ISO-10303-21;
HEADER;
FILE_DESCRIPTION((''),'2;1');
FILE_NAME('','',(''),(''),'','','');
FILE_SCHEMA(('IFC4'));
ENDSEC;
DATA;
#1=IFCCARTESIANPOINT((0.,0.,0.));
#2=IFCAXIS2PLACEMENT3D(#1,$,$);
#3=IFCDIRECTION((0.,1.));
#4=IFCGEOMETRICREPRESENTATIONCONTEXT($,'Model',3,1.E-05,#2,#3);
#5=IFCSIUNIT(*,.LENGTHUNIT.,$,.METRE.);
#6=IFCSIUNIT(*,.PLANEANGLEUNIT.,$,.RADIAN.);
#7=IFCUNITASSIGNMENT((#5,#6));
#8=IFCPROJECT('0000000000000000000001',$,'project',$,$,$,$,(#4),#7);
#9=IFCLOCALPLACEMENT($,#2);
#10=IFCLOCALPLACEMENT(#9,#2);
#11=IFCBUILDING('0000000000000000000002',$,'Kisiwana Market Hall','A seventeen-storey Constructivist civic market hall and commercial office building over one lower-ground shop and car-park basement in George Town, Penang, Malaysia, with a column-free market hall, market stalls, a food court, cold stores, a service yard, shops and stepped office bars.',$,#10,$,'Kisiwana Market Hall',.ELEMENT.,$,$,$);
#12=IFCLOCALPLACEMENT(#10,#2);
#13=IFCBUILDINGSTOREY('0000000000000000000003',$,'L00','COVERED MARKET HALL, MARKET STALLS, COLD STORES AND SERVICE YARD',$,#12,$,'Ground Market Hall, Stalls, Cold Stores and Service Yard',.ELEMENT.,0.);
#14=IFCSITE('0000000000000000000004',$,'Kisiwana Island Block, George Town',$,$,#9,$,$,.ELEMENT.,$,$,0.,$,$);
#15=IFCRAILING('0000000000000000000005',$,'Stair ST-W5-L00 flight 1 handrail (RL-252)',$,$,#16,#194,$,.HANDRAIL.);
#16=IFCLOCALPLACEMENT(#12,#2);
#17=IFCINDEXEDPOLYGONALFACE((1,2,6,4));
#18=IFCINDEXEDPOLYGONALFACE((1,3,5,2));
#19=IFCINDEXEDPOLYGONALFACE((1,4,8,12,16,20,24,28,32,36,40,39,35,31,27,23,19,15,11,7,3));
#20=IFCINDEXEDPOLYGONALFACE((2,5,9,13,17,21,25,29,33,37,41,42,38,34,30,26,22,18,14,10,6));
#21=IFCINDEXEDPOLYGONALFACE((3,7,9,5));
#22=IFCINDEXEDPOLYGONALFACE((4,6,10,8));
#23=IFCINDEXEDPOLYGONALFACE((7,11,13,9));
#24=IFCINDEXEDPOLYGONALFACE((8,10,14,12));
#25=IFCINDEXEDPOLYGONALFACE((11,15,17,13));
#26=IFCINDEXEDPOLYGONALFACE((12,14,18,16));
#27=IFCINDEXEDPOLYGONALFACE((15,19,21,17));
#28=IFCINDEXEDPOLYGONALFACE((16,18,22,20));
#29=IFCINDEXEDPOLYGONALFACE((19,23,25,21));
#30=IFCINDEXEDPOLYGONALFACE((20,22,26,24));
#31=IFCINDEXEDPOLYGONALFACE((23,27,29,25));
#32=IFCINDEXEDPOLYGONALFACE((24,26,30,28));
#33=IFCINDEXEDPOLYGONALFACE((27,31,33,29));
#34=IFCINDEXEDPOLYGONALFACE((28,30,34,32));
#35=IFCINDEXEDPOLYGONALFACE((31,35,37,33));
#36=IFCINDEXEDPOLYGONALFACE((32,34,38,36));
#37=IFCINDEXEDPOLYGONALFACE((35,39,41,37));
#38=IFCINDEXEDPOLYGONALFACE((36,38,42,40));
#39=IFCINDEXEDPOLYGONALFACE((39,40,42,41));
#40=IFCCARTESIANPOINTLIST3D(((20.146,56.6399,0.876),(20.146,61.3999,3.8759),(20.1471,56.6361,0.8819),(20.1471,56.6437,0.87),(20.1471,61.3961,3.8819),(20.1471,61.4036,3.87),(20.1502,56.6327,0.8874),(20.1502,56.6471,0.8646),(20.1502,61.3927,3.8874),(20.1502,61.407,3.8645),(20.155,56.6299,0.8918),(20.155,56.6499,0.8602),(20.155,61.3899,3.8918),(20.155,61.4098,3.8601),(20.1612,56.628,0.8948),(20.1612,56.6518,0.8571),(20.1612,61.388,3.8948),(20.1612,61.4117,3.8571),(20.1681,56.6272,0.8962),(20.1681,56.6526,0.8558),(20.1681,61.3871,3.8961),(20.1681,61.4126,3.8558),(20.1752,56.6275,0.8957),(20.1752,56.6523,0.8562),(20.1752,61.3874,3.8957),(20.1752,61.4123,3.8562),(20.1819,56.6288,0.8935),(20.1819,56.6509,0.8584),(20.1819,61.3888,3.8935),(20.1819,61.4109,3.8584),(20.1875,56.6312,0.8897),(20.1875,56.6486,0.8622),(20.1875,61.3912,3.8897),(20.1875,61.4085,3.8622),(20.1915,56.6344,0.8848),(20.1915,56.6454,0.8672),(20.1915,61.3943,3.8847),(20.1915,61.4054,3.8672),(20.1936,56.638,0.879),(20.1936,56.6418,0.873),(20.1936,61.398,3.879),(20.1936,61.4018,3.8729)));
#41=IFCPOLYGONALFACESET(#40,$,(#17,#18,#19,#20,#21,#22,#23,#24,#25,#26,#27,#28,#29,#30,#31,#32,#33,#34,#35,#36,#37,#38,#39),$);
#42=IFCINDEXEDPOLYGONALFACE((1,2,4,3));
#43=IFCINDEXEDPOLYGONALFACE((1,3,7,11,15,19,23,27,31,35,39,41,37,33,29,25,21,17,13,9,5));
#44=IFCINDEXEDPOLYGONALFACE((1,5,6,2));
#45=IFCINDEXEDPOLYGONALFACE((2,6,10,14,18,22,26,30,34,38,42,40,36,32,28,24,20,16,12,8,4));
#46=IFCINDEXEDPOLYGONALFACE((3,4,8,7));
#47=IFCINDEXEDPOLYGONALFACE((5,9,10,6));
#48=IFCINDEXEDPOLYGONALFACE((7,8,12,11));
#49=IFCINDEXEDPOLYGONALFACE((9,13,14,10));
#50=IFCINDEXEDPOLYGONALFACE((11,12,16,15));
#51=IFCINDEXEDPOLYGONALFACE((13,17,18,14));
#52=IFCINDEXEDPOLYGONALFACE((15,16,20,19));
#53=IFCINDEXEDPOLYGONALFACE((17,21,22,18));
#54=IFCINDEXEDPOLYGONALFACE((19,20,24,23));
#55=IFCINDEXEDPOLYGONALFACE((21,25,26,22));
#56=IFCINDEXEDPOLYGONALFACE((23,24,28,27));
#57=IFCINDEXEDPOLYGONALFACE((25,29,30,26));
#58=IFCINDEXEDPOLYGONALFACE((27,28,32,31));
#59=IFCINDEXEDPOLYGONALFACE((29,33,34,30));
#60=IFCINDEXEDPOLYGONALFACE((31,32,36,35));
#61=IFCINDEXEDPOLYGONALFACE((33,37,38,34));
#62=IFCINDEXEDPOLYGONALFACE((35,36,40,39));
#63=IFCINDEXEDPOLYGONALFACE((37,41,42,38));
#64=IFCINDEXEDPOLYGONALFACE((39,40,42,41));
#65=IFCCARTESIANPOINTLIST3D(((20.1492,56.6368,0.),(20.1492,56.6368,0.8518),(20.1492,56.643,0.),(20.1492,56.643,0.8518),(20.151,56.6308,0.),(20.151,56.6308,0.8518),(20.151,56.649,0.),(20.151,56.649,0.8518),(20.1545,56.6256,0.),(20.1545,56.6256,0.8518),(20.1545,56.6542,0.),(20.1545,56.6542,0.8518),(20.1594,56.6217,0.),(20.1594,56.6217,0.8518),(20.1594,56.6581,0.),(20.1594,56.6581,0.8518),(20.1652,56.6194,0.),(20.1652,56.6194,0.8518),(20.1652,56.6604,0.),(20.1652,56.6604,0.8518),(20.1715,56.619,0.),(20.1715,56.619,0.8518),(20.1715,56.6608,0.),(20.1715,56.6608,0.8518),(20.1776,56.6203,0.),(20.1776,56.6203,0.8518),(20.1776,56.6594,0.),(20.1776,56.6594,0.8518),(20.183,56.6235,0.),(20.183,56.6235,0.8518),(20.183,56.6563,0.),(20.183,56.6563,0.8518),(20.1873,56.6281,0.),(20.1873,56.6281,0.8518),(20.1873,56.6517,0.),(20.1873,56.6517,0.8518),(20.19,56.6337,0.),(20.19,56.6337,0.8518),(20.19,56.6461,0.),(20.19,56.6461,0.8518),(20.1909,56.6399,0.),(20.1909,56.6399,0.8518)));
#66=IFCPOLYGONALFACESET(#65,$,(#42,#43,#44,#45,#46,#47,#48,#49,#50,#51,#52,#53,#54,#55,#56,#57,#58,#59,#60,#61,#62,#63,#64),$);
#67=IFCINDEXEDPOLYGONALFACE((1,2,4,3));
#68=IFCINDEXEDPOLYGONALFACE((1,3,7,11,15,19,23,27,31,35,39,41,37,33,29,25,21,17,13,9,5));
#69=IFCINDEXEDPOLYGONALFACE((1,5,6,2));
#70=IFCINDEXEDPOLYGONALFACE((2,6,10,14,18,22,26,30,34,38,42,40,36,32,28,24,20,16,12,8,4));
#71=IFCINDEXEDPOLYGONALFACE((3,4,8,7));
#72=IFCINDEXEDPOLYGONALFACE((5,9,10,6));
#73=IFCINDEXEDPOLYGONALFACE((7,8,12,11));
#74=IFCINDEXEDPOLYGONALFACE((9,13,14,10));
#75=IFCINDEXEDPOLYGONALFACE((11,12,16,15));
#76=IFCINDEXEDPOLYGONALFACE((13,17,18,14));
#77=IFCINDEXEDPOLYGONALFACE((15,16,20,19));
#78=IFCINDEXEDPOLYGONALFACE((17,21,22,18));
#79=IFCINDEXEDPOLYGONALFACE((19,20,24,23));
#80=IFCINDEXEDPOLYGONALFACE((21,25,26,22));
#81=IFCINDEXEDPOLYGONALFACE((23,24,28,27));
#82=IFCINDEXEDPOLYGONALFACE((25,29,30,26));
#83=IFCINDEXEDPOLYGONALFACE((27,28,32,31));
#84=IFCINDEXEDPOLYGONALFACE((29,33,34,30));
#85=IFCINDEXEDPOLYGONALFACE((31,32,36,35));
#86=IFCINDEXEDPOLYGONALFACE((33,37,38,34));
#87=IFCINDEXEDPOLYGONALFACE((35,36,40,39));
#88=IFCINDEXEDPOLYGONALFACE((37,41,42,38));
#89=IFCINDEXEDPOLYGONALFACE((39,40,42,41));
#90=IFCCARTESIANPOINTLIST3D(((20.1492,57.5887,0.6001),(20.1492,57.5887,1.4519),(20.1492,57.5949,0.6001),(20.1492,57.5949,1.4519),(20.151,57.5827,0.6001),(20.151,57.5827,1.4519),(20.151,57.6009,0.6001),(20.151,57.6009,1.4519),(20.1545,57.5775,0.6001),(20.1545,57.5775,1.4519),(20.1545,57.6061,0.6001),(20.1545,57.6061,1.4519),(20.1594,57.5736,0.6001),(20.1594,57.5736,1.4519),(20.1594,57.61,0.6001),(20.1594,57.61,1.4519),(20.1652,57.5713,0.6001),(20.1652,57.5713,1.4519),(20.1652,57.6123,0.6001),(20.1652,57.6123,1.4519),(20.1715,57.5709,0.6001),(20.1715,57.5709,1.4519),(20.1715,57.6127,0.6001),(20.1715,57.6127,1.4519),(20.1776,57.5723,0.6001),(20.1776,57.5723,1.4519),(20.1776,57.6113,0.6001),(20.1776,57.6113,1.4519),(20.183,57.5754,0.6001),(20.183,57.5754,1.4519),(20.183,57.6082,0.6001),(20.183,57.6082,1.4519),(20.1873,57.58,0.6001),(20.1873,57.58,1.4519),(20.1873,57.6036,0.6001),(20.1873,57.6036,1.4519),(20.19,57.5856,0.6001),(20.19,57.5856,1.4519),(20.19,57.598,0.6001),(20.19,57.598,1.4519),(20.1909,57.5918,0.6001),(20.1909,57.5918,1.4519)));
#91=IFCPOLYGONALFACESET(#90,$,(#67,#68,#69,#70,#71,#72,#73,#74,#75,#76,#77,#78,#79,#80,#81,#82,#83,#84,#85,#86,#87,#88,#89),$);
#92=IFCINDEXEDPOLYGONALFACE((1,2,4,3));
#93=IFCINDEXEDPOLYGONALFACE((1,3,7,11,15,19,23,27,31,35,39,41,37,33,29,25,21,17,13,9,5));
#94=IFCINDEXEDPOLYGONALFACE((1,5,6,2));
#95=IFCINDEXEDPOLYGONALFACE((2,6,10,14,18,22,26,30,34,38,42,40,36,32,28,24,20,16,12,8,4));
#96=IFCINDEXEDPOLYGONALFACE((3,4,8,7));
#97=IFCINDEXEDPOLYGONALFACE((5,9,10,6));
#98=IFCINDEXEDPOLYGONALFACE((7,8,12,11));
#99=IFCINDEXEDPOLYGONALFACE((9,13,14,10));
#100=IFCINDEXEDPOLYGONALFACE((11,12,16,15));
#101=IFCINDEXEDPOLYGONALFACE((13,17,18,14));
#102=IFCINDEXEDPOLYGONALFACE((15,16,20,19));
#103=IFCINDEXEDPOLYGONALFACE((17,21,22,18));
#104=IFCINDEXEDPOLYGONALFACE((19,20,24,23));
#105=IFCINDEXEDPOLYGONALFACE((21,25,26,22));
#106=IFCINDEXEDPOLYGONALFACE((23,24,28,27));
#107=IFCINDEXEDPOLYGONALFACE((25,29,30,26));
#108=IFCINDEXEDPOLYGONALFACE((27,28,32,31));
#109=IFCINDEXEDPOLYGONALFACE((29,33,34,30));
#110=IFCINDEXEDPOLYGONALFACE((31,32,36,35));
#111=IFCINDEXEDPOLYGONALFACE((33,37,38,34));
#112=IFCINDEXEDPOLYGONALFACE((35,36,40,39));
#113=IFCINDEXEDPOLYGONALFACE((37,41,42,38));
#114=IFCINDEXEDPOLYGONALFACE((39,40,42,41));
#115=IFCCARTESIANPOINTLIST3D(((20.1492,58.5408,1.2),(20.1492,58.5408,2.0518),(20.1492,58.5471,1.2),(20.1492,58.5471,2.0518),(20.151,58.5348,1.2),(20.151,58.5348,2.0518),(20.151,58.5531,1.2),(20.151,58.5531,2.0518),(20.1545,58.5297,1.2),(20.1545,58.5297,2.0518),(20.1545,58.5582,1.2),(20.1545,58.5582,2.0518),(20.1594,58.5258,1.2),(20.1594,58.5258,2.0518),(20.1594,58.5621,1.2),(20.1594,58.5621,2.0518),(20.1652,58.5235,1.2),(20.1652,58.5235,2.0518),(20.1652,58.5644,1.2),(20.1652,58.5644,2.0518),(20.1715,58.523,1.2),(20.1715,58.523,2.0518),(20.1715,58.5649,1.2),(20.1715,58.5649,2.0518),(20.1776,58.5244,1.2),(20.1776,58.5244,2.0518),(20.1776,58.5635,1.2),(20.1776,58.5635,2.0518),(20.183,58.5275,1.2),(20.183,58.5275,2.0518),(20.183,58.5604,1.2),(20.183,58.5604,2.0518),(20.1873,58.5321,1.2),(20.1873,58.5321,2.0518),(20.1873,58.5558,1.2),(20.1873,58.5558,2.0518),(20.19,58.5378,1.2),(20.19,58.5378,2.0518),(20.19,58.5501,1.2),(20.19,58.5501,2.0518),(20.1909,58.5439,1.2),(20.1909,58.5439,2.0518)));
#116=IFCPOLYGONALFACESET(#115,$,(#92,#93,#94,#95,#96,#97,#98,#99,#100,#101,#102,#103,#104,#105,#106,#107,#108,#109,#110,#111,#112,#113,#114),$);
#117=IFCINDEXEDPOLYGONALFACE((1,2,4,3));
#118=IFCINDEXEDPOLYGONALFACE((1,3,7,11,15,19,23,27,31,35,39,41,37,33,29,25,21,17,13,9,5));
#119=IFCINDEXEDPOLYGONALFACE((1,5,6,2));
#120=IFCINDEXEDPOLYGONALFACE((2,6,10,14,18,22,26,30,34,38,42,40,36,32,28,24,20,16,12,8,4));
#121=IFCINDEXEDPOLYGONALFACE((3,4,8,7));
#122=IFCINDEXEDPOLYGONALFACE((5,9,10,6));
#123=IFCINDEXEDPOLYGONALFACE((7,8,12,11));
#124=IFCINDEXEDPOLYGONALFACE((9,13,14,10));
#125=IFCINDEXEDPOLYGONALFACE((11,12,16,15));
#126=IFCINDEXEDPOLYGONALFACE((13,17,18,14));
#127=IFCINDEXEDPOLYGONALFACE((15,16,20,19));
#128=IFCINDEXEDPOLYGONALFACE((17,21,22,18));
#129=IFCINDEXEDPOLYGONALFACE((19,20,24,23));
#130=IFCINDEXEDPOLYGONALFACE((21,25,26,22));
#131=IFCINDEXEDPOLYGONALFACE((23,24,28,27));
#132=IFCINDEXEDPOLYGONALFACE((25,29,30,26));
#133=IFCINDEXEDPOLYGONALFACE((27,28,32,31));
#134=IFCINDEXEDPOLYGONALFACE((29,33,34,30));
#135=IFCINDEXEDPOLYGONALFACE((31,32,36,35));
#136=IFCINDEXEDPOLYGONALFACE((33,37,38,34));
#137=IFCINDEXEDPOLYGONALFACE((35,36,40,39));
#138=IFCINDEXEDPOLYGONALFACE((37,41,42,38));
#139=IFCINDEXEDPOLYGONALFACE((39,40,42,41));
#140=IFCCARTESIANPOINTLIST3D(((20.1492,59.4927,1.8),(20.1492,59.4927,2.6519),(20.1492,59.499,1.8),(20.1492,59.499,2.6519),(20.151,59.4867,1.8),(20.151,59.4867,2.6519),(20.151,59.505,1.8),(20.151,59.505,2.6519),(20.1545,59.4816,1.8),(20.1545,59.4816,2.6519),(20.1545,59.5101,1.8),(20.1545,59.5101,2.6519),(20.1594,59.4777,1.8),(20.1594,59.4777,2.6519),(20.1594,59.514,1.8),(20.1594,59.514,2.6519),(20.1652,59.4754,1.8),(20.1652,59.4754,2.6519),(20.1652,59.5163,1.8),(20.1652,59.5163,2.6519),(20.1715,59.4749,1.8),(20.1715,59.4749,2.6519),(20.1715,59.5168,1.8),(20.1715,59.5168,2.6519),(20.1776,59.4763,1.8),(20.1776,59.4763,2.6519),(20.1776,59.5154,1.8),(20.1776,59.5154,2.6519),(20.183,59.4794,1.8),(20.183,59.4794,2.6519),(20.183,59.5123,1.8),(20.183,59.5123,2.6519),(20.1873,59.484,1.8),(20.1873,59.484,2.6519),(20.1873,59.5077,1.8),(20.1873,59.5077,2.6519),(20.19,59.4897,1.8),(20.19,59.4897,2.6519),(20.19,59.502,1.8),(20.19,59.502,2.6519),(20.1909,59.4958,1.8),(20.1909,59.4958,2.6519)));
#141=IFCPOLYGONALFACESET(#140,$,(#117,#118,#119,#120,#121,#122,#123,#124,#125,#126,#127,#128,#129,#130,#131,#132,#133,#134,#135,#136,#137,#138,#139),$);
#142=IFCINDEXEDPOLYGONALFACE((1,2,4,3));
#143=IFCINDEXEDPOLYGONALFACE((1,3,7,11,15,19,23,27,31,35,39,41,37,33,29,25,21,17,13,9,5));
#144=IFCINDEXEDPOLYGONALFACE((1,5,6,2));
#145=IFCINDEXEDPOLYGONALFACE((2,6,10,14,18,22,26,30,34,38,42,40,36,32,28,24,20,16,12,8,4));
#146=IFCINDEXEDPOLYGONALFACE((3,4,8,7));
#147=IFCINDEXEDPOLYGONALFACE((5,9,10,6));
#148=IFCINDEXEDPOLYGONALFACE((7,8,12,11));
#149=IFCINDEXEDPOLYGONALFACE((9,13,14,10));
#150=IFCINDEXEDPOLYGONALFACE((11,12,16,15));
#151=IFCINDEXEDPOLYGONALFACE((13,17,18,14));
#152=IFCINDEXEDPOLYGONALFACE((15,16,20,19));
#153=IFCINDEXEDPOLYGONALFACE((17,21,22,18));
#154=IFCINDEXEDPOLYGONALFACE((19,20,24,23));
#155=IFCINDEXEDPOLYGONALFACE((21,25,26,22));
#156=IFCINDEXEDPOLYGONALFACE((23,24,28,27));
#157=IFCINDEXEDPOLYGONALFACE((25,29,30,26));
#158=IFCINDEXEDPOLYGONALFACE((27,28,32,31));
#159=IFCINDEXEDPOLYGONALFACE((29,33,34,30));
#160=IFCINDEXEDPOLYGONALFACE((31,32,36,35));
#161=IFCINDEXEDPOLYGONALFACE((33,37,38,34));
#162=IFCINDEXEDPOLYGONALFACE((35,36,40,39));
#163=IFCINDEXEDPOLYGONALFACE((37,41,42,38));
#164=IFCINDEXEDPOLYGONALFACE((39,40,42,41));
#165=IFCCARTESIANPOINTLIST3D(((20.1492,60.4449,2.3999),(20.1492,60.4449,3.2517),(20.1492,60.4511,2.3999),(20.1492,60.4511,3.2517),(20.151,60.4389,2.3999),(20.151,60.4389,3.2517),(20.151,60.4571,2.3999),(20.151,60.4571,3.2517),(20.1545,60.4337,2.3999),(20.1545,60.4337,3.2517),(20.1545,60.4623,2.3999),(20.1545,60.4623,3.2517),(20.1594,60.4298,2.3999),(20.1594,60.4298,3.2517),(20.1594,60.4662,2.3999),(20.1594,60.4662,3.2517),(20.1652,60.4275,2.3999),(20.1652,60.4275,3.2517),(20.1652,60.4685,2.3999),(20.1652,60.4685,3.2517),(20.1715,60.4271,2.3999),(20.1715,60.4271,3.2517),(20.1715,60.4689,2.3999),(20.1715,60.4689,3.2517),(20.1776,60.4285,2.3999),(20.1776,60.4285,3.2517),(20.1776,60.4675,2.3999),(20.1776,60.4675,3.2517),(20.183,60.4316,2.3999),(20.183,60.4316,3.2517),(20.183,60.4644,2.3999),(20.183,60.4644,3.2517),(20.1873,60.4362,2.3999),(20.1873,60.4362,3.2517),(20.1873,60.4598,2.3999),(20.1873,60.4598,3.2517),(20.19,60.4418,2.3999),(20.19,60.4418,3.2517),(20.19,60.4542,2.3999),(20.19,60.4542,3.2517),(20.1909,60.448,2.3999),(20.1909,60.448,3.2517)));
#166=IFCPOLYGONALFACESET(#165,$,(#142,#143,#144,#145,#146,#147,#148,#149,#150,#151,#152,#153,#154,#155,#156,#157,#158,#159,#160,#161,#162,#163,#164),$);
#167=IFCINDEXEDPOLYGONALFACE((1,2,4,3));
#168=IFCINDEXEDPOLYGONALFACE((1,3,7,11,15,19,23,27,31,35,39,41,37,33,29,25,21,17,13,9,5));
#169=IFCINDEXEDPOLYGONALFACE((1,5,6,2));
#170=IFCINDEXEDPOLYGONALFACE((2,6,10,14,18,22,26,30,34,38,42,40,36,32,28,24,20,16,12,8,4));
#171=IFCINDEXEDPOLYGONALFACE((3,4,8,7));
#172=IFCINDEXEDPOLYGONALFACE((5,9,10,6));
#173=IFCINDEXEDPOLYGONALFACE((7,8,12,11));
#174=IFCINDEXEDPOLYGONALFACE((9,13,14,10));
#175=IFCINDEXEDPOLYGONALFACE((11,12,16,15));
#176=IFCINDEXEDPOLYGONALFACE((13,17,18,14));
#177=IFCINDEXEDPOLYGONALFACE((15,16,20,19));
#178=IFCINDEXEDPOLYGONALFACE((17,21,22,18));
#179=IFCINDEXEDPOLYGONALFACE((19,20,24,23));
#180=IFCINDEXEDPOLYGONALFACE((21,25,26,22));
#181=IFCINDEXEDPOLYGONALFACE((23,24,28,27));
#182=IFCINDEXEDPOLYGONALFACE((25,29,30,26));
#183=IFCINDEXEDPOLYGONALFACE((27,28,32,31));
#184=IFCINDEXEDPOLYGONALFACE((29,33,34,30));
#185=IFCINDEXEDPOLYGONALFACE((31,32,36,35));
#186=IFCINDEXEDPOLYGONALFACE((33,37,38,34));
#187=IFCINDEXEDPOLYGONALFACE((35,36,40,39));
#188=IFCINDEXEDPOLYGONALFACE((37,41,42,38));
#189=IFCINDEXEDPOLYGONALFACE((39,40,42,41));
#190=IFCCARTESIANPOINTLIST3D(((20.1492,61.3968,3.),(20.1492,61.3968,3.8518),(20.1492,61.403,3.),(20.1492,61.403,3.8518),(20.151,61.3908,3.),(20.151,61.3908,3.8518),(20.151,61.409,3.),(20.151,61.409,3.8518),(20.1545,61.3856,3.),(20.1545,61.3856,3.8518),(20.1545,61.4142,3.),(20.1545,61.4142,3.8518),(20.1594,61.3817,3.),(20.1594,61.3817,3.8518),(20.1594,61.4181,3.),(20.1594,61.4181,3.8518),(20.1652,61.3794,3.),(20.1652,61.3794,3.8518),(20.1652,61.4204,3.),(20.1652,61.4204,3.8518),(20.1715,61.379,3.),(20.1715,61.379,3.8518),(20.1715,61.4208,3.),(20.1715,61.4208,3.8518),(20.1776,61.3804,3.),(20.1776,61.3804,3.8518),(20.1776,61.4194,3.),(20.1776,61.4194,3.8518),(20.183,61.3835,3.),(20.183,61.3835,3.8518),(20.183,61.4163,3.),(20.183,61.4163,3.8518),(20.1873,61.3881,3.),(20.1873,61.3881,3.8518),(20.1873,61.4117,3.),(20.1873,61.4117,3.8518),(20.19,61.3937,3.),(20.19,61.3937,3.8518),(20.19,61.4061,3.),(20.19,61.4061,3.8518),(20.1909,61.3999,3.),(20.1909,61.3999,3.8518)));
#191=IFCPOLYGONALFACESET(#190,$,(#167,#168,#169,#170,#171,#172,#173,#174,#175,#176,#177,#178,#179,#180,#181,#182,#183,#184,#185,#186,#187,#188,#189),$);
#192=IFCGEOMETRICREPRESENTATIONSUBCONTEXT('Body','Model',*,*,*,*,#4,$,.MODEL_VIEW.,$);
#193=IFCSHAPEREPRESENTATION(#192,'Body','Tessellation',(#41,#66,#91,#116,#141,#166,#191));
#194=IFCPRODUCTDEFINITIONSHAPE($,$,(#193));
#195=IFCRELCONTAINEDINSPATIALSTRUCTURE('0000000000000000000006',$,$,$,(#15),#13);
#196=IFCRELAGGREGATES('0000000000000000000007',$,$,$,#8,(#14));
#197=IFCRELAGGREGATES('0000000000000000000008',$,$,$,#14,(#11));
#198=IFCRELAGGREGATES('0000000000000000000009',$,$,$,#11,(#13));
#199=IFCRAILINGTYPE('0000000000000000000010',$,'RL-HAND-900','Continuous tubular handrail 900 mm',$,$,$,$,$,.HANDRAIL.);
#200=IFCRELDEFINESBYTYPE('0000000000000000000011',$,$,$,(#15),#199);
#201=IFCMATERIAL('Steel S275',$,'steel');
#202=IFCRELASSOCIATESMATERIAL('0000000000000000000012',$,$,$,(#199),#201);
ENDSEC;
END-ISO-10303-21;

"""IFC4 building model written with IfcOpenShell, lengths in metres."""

from ifc_helpers import new_model, si_unit, direction, frame, origin, origin_2d, place, context, subcontext, project, spatial, circle, extrude, material, type_object, element, save


model = new_model("IFC4")

# Units and contexts
model_context = context("Model", 3, precision=1e-05, world=origin(), true_north=direction((0.0, 1.0)))
body_context = subcontext(model_context, "Body", "Model", "MODEL_VIEW")
ifc_project = project(units=[si_unit("LENGTHUNIT", "METRE"), si_unit("PLANEANGLEUNIT", "RADIAN")], contexts=[model_context])

# Site, building, storey
site_placement = place(None, origin())
site = spatial("IfcSite", under=ifc_project, at=site_placement, Name="Kisiwana Island Block, George Town", CompositionType="ELEMENT", RefElevation=0.0)
building_placement = place(site_placement, origin())
building = spatial("IfcBuilding", under=site, at=building_placement, Name="Kisiwana Market Hall", Description="A seventeen-storey Constructivist civic market hall and commercial office building over one lower-ground shop and car-park basement in George Town, Penang, Malaysia, with a column-free market hall, market stalls, a food court, cold stores, a service yard, shops and stepped office bars.", LongName="Kisiwana Market Hall", CompositionType="ELEMENT")
storey_placement = place(building_placement, origin())
storey = spatial("IfcBuildingStorey", under=building, at=storey_placement, Name="L00", Description="COVERED MARKET HALL, MARKET STALLS, COLD STORES AND SERVICE YARD", LongName="Ground Market Hall, Stalls, Cold Stores and Service Yard", CompositionType="ELEMENT", Elevation=0.0)

# Railing
ifc_material_1 = material(Name="Steel S275", Category="steel")
railing_type_1 = type_object("IfcRailingType", Name="RL-HAND-900", Description="Continuous tubular handrail 900 mm", PredefinedType="HANDRAIL", material=ifc_material_1)
for number, where, name in (
    (1, (20.1699, 56.6399, 0.0), "Stair ST-W5-L00 flight 1 handrail (RL-252)"),
):
    element("IfcRailing", number, at=place(storey_placement, frame(where)), inside=storey, type_object=railing_type_1, Name=name, PredefinedType="HANDRAIL", context=body_context, shape_type="SweptSolid", body=[
        extrude(circle(Radius=0.0239, at=origin_2d()), frame((0.0, 0.0, 0.876), z_axis=(0.0, 0.845996, 0.53319), x_axis=(-1.0, 0.0, 0.0)), (0.0, 0.0, 1.0), 5.6265),
        extrude(circle(Radius=0.021, at=origin_2d()), origin(), (0.0, 0.0, 1.0), 0.8518),
        extrude(circle(Radius=0.021, at=origin_2d()), frame((0.0, 0.9519, 0.6001)), (0.0, 0.0, 1.0), 0.8518),
        extrude(circle(Radius=0.021, at=origin_2d()), frame((0.0, 1.9041, 1.2)), (0.0, 0.0, 1.0), 0.8518),
        extrude(circle(Radius=0.021, at=origin_2d()), frame((0.0, 2.856, 1.8)), (0.0, 0.0, 1.0), 0.8518),
        extrude(circle(Radius=0.021, at=origin_2d()), frame((0.0, 3.8081, 2.3999)), (0.0, 0.0, 1.0), 0.8518),
        extrude(circle(Radius=0.021, at=origin_2d()), frame((0.0, 4.76, 3.0)), (0.0, 0.0, 1.0), 0.8518),
    ])

save(model, "model.ifc")
